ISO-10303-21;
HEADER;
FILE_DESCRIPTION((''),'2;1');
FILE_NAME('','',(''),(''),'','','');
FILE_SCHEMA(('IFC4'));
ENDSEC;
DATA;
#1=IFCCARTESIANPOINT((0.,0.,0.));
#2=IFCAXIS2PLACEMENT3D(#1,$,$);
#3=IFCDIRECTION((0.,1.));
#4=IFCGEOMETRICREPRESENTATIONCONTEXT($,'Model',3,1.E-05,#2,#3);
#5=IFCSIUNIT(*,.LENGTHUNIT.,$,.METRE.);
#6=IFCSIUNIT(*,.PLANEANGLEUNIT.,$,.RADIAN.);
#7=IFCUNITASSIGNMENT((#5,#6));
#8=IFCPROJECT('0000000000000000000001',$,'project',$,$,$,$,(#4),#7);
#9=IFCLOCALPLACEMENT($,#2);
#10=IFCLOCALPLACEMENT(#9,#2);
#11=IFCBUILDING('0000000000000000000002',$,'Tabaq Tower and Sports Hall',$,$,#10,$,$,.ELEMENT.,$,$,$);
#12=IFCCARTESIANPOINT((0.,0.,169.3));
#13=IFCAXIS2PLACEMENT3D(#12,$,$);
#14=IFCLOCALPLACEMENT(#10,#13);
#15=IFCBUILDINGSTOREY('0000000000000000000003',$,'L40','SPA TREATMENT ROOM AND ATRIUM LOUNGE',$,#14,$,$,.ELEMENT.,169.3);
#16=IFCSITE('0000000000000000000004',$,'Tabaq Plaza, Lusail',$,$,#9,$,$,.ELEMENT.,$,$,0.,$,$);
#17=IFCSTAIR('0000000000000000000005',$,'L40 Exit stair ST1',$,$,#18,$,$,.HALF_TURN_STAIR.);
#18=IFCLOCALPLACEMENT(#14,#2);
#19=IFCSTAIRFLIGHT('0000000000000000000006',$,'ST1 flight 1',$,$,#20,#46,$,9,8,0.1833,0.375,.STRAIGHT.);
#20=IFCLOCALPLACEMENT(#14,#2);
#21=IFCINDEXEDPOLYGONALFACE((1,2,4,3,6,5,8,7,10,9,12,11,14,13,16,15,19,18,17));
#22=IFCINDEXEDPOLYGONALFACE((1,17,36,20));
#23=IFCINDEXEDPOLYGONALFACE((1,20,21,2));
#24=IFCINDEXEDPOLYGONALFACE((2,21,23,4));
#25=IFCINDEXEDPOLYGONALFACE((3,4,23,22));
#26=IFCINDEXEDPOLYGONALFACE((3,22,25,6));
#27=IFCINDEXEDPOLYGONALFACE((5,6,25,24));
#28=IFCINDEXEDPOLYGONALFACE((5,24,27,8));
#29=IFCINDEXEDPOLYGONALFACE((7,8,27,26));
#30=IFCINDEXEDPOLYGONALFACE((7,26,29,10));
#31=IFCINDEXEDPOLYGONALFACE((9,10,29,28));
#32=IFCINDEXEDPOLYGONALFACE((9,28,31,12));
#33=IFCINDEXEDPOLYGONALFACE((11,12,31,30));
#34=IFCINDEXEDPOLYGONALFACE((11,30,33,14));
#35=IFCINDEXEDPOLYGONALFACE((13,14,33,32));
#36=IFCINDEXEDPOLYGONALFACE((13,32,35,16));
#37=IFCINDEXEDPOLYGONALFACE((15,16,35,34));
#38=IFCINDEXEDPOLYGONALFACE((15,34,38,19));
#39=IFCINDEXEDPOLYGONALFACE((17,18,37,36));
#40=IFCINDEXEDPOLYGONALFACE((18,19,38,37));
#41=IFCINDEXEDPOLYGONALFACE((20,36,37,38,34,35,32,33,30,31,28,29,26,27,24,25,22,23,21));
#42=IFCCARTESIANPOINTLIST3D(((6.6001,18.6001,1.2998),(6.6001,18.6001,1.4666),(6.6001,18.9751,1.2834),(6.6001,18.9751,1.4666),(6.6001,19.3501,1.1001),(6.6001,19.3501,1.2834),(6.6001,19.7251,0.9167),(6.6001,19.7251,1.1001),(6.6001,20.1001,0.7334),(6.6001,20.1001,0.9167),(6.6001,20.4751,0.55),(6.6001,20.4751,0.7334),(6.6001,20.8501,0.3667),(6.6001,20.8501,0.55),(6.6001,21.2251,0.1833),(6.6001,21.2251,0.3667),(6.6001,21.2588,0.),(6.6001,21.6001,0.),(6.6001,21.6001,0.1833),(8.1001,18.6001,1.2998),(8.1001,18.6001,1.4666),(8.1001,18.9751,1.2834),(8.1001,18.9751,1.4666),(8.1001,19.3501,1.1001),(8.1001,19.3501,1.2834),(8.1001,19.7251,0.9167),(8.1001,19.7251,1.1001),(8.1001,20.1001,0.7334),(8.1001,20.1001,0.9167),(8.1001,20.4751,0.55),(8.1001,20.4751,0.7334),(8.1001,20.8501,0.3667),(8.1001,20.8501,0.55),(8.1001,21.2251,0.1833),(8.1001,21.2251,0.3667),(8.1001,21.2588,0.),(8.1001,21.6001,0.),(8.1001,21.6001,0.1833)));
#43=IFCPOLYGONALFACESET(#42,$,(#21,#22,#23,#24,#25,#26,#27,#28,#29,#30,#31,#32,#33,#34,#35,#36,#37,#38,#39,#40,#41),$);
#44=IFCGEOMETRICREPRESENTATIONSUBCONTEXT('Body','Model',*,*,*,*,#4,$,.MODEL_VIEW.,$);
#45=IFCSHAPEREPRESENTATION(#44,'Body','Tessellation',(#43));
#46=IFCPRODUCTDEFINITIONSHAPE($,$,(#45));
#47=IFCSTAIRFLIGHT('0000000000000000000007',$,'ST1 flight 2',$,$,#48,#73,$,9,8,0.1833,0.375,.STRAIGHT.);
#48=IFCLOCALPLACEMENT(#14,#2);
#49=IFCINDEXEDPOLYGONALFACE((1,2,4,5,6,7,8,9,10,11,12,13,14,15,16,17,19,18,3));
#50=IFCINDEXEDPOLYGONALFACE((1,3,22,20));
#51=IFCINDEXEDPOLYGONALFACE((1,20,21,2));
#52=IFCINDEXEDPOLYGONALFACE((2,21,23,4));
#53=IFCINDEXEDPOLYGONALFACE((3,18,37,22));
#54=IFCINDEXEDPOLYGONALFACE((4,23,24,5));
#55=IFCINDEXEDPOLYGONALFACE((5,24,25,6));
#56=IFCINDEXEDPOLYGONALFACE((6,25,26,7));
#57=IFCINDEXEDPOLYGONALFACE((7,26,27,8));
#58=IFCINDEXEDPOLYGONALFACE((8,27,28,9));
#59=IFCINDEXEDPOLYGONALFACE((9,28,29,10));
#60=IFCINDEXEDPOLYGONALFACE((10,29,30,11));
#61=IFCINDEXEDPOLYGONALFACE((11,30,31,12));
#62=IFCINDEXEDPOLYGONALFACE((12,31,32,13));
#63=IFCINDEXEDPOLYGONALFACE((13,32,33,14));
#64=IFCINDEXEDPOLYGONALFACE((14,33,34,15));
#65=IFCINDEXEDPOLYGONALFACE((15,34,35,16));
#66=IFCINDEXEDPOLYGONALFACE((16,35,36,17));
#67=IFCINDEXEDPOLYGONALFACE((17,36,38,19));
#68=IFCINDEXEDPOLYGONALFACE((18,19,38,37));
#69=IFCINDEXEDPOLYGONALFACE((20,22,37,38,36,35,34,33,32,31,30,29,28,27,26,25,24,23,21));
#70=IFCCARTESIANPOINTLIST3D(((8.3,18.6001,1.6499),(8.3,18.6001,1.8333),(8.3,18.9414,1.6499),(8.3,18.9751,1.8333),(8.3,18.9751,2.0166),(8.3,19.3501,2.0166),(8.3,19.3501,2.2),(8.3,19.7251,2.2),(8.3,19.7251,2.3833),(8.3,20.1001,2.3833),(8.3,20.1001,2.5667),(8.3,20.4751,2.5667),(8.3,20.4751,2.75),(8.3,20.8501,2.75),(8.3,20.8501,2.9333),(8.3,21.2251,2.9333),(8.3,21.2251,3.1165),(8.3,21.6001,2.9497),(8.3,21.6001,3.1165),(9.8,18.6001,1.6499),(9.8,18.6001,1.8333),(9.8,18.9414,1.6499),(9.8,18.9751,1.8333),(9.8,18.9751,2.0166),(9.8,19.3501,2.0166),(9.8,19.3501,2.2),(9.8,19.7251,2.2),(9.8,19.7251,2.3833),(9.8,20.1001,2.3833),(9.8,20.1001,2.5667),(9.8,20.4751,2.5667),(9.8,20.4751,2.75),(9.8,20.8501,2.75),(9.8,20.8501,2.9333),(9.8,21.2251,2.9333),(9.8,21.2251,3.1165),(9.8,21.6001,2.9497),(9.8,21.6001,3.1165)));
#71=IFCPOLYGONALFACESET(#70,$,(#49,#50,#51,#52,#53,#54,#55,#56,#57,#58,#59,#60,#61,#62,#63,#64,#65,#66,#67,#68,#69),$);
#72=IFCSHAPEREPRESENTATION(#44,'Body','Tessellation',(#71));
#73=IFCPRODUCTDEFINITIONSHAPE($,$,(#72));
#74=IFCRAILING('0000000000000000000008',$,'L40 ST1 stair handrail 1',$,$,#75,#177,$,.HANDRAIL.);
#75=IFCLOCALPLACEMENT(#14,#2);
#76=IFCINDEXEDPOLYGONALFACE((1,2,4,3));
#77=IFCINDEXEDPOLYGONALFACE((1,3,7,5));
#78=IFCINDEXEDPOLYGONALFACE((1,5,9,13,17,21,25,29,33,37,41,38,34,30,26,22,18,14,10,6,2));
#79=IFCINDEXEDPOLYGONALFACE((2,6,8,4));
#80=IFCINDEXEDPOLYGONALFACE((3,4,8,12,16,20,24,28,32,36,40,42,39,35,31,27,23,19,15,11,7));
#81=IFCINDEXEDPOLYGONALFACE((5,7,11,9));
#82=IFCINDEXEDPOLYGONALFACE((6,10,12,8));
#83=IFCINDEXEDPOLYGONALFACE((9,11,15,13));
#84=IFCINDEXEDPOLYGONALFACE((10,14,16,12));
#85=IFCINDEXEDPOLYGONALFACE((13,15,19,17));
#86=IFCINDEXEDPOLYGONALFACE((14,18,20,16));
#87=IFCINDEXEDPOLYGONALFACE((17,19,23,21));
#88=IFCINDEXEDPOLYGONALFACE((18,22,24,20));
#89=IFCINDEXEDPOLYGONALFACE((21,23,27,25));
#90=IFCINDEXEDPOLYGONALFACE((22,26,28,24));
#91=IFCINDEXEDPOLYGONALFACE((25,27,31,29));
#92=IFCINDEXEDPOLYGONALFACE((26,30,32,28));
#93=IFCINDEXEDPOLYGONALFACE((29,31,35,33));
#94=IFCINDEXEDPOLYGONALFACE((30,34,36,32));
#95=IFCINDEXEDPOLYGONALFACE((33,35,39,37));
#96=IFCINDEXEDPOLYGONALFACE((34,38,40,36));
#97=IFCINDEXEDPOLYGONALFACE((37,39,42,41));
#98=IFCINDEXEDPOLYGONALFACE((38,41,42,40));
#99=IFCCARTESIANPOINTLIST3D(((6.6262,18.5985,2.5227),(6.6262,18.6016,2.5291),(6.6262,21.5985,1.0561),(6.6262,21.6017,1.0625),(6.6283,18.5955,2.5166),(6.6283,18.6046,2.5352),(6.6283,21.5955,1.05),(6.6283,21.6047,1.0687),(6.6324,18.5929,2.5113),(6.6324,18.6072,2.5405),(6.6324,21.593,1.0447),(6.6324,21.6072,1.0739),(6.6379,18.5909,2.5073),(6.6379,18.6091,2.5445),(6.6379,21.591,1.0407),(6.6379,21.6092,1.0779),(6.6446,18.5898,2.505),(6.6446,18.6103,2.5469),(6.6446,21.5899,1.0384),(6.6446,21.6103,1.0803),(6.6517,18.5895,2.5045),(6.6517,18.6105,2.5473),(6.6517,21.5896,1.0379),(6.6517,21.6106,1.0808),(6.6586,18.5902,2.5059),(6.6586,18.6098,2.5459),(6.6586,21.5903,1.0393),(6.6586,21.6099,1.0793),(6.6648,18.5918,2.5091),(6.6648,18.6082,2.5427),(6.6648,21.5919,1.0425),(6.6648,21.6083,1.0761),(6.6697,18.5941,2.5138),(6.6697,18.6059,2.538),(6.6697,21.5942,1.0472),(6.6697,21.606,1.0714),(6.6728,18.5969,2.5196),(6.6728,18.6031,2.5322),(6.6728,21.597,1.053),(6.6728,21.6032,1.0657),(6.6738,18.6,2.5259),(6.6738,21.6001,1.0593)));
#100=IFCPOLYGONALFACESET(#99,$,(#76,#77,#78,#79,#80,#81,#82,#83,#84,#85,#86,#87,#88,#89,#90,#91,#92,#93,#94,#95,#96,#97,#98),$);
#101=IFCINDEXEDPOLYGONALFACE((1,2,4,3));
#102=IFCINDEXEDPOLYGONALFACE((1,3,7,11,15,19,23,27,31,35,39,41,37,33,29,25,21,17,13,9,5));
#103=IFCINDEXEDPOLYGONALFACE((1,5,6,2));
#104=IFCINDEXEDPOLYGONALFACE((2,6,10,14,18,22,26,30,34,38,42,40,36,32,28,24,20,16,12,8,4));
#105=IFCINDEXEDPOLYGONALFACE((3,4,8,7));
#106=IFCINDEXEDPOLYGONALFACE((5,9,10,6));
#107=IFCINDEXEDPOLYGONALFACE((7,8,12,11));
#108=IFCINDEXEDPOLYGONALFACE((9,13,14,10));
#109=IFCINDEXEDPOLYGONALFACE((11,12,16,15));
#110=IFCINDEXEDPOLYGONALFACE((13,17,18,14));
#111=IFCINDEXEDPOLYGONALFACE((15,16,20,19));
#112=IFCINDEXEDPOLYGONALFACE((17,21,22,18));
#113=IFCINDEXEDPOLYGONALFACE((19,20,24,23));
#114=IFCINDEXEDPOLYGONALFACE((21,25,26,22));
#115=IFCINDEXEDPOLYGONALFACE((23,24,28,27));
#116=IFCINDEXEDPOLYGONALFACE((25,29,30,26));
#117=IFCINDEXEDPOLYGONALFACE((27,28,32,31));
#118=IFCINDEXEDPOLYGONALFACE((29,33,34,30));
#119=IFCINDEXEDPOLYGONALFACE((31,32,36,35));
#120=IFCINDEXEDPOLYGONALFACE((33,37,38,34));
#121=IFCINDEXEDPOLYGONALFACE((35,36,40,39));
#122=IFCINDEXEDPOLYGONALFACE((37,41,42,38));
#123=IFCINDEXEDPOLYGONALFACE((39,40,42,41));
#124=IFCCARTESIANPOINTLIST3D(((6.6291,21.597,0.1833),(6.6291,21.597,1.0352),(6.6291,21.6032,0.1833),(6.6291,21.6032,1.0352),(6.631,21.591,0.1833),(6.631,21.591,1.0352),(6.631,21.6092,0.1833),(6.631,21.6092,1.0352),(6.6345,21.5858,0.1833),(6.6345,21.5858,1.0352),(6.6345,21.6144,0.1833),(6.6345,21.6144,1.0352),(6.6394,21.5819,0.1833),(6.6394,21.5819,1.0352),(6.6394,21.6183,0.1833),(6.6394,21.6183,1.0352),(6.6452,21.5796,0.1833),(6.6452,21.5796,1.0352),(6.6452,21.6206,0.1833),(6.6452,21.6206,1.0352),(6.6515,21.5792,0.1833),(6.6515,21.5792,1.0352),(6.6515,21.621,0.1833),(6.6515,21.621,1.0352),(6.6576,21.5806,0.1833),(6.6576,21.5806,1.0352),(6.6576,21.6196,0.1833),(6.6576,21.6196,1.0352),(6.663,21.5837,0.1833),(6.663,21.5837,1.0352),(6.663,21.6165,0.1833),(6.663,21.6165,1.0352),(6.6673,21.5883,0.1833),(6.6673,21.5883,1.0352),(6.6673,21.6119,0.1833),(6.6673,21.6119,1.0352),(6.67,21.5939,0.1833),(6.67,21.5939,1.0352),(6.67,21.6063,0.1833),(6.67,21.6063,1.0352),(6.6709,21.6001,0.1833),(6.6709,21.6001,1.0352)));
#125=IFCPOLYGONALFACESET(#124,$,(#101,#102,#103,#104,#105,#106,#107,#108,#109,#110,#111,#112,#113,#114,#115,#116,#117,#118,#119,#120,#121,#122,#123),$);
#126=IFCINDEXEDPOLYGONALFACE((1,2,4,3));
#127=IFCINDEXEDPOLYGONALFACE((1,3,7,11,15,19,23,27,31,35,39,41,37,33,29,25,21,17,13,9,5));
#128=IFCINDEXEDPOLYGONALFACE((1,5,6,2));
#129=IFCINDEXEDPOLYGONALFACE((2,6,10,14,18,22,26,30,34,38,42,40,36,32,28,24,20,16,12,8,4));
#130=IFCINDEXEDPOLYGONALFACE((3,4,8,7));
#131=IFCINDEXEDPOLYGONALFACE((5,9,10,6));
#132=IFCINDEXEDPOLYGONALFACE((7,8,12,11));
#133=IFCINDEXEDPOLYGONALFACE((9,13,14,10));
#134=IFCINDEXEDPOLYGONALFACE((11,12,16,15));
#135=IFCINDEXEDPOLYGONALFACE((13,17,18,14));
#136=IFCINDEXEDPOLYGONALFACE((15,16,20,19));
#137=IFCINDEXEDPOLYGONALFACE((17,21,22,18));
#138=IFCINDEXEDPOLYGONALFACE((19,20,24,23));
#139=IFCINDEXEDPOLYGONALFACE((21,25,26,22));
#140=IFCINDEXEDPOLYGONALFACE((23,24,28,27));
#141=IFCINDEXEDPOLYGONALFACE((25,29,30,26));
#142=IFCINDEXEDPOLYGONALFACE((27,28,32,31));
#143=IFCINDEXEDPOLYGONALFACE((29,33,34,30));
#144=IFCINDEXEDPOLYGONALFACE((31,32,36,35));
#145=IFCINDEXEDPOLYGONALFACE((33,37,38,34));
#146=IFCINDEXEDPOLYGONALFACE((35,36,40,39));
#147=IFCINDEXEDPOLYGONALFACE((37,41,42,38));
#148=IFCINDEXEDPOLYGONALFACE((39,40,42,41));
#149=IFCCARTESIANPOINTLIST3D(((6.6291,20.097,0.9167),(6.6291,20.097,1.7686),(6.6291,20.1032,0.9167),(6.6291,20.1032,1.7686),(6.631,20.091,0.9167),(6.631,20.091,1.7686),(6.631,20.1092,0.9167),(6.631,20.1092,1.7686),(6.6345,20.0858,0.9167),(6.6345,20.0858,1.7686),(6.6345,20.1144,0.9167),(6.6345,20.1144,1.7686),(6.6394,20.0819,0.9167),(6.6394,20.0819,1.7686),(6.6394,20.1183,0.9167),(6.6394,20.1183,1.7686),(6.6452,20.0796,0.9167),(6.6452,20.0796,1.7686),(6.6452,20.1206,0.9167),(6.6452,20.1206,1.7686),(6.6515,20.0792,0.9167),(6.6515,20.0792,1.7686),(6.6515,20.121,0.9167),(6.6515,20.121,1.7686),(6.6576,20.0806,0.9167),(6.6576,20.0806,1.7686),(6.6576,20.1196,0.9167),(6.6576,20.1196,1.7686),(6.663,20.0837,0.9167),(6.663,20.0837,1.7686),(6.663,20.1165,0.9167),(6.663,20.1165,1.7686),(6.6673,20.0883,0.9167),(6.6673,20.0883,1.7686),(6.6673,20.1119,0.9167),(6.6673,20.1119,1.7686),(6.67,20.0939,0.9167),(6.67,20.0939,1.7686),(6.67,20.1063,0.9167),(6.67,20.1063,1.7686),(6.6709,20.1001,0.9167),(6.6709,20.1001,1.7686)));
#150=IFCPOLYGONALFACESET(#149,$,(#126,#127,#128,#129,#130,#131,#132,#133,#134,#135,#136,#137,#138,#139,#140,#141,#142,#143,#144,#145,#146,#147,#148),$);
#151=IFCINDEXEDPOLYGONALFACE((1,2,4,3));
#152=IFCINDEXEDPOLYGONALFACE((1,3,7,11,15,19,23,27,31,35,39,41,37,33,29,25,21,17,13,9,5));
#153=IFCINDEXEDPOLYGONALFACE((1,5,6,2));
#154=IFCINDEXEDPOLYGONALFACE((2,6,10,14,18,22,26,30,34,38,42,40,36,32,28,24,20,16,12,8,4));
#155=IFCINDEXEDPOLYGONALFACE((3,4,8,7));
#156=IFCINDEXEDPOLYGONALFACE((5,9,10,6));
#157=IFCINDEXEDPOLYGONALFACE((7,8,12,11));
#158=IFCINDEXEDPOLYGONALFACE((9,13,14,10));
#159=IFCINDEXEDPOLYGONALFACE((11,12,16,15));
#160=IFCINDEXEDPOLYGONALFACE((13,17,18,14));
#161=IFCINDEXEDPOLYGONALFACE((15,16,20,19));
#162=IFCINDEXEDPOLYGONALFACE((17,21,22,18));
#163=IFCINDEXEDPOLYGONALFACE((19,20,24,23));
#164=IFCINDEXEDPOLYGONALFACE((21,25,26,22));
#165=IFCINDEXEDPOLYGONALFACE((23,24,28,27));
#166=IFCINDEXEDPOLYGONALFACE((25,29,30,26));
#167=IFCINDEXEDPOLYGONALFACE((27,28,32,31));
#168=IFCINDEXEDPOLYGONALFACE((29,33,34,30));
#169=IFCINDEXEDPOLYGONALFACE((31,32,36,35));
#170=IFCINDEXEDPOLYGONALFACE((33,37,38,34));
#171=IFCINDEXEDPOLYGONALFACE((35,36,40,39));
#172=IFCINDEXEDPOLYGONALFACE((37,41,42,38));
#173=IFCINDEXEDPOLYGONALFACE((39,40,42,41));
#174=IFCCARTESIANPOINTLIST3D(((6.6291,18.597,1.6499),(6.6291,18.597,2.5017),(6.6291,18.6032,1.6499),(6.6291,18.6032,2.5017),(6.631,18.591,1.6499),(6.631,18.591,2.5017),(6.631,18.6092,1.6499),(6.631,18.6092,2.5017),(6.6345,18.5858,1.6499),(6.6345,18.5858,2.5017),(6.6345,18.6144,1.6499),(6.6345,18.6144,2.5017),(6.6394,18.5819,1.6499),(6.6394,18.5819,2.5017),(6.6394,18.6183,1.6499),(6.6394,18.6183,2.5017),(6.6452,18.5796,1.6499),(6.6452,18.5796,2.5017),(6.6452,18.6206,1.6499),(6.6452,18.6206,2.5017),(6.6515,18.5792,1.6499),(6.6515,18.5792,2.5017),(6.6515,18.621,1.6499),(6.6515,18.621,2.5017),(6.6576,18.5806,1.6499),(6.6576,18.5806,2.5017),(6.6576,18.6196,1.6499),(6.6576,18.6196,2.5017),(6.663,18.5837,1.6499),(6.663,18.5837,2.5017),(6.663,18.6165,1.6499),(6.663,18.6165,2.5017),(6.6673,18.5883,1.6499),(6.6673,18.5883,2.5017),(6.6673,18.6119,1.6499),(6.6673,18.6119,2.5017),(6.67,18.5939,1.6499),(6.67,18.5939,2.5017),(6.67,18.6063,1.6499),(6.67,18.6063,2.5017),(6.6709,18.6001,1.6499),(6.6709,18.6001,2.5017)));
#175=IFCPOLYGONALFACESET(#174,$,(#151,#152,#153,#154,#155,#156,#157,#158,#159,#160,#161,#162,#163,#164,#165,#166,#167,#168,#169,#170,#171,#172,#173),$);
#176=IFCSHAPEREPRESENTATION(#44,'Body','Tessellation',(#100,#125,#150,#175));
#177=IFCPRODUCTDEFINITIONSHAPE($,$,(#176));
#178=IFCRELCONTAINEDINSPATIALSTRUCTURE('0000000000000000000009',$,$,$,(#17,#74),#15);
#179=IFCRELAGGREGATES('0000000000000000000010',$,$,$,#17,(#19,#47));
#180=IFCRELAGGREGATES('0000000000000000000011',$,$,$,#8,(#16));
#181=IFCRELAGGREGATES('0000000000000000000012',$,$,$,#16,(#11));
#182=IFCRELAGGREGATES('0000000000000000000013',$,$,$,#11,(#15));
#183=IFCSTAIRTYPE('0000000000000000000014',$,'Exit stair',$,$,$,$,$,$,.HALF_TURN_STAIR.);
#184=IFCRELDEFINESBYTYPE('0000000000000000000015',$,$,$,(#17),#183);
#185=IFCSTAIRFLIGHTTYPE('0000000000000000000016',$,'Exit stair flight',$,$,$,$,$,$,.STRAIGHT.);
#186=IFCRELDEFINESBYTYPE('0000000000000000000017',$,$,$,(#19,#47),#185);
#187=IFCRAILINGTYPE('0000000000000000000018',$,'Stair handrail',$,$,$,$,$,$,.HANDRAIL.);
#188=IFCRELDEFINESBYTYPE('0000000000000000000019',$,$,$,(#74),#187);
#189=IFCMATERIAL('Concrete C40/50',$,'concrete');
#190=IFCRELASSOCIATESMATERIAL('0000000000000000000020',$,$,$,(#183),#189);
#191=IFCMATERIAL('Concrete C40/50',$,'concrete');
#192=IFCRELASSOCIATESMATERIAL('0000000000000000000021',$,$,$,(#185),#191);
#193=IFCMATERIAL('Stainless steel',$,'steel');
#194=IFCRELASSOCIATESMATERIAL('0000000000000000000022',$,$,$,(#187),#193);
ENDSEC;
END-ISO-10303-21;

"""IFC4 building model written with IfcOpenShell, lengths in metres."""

from ifc_helpers import new_model, si_unit, direction, frame, origin, origin_2d, place, context, subcontext, project, spatial, polyline, circle, outline, extrude, material, type_object, element, aggregate, save


model = new_model("IFC4")

# Units and contexts
model_context = context("Model", 3, precision=1e-05, world=origin(), true_north=direction((0.0, 1.0)))
body_context = subcontext(model_context, "Body", "Model", "MODEL_VIEW")
ifc_project = project(units=[si_unit("LENGTHUNIT", "METRE"), si_unit("PLANEANGLEUNIT", "RADIAN")], contexts=[model_context])

# Site, building, storey
site_placement = place(None, origin())
site = spatial("IfcSite", under=ifc_project, at=site_placement, Name="Tabaq Plaza, Lusail", CompositionType="ELEMENT", RefElevation=0.0)
building_placement = place(site_placement, origin())
building = spatial("IfcBuilding", under=site, at=building_placement, Name="Tabaq Tower and Sports Hall", CompositionType="ELEMENT")
storey_placement = place(building_placement, frame((0.0, 0.0, 169.3)))
storey = spatial("IfcBuildingStorey", under=building, at=storey_placement, Name="L40", Description="SPA TREATMENT ROOM AND ATRIUM LOUNGE", CompositionType="ELEMENT", Elevation=169.3)

# Stair, stair flights
ifc_material_1 = material(Name="Concrete C40/50", Category="concrete")
stair_type = type_object("IfcStairType", Name="Exit stair", PredefinedType="HALF_TURN_STAIR", material=ifc_material_1)
stair_placement = place(storey_placement, origin())
stair = element("IfcStair", 1, at=stair_placement, inside=storey, type_object=stair_type, Name="L40 Exit stair ST1", PredefinedType="HALF_TURN_STAIR")
ifc_material_2 = material(Name="Concrete C40/50", Category="concrete")
stair_flight_type = type_object("IfcStairFlightType", Name="Exit stair flight", PredefinedType="STRAIGHT", material=ifc_material_2)
stair_flight_1_placement = place(storey_placement, frame((7.3501, 21.6001, 0.0), z_axis=(0.0, 0.0, 1.0), x_axis=(0.0, -1.0, 0.0)))
stair_flight_1 = element("IfcStairFlight", 2, at=stair_flight_1_placement, type_object=stair_flight_type, Name="ST1 flight 1", NumberOfRisers=9, NumberOfTreads=8, PredefinedType="STRAIGHT", RiserHeight=0.1833, TreadLength=0.375, context=body_context, shape_type="SweptSolid", body=[
    extrude(outline(polyline([(0.0, 0.0), (0.0, 0.1833), (0.375, 0.1833), (0.375, 0.3667), (0.75, 0.3667), (0.75, 0.55), (1.125, 0.55), (1.125, 0.7334), (1.5, 0.7334), (1.5, 0.9167), (1.875, 0.9167), (1.875, 1.1001), (2.25, 1.1001), (2.25, 1.2834), (2.625, 1.2834), (2.625, 1.4666), (3.0, 1.4666), (3.0, 1.6499), (3.0, 1.2998), (0.3413, 0.0), (0.0, 0.0)])), frame((0.0, 0.75, 0.0), z_axis=(0.0, -1.0, 0.0), x_axis=(1.0, 0.0, 0.0)), (0.0, 0.0, 1.0), 1.5),
])
stair_flight_2_placement = place(storey_placement, frame((9.05, 18.6001, 1.6499), z_axis=(0.0, 0.0, 1.0), x_axis=(0.0, 1.0, 0.0)))
stair_flight_2 = element("IfcStairFlight", 3, at=stair_flight_2_placement, type_object=stair_flight_type, Name="ST1 flight 2", NumberOfRisers=9, NumberOfTreads=8, PredefinedType="STRAIGHT", RiserHeight=0.1833, TreadLength=0.375, context=body_context, shape_type="SweptSolid", body=[
    extrude(outline(polyline([(0.0, 0.0), (0.0, 0.1833), (0.375, 0.1833), (0.375, 0.3667), (0.75, 0.3667), (0.75, 0.55), (1.125, 0.55), (1.125, 0.7334), (1.5, 0.7334), (1.5, 0.9167), (1.875, 0.9167), (1.875, 1.1001), (2.25, 1.1001), (2.25, 1.2834), (2.625, 1.2834), (2.625, 1.4666), (3.0, 1.4666), (3.0, 1.6499), (3.0, 1.2998), (0.3413, 0.0), (0.0, 0.0)])), frame((0.0, 0.75, 0.0), z_axis=(0.0, -1.0, 0.0), x_axis=(1.0, 0.0, 0.0)), (0.0, 0.0, 1.0), 1.5),
])
aggregate(stair, [stair_flight_1, stair_flight_2])

# Railing
ifc_material_3 = material(Name="Stainless steel", Category="steel")
railing_type_1 = type_object("IfcRailingType", Name="Stair handrail", PredefinedType="HANDRAIL", material=ifc_material_3)
railing_1_placement = place(storey_placement, frame((6.6499, 21.6001, 0.1833)))
element("IfcRailing", 4, at=railing_1_placement, inside=storey, type_object=railing_type_1, Name="L40 ST1 stair handrail 1", PredefinedType="HANDRAIL", context=body_context, shape_type="SweptSolid", body=[
    extrude(circle(Radius=0.0239, at=origin_2d()), frame((0.0, 0.0, 0.876), z_axis=(0.0, -0.898398, 0.439183), x_axis=(1.0, 0.0, 0.0)), (0.0, 0.0, 1.0), 3.3394),
    extrude(circle(Radius=0.021, at=origin_2d()), origin(), (0.0, 0.0, 1.0), 0.8518),
    extrude(circle(Radius=0.021, at=origin_2d()), frame((0.0, -1.5, 0.7334)), (0.0, 0.0, 1.0), 0.8518),
    extrude(circle(Radius=0.021, at=origin_2d()), frame((0.0, -3.0, 1.4666)), (0.0, 0.0, 1.0), 0.8518),
])

save(model, "model.ifc")
